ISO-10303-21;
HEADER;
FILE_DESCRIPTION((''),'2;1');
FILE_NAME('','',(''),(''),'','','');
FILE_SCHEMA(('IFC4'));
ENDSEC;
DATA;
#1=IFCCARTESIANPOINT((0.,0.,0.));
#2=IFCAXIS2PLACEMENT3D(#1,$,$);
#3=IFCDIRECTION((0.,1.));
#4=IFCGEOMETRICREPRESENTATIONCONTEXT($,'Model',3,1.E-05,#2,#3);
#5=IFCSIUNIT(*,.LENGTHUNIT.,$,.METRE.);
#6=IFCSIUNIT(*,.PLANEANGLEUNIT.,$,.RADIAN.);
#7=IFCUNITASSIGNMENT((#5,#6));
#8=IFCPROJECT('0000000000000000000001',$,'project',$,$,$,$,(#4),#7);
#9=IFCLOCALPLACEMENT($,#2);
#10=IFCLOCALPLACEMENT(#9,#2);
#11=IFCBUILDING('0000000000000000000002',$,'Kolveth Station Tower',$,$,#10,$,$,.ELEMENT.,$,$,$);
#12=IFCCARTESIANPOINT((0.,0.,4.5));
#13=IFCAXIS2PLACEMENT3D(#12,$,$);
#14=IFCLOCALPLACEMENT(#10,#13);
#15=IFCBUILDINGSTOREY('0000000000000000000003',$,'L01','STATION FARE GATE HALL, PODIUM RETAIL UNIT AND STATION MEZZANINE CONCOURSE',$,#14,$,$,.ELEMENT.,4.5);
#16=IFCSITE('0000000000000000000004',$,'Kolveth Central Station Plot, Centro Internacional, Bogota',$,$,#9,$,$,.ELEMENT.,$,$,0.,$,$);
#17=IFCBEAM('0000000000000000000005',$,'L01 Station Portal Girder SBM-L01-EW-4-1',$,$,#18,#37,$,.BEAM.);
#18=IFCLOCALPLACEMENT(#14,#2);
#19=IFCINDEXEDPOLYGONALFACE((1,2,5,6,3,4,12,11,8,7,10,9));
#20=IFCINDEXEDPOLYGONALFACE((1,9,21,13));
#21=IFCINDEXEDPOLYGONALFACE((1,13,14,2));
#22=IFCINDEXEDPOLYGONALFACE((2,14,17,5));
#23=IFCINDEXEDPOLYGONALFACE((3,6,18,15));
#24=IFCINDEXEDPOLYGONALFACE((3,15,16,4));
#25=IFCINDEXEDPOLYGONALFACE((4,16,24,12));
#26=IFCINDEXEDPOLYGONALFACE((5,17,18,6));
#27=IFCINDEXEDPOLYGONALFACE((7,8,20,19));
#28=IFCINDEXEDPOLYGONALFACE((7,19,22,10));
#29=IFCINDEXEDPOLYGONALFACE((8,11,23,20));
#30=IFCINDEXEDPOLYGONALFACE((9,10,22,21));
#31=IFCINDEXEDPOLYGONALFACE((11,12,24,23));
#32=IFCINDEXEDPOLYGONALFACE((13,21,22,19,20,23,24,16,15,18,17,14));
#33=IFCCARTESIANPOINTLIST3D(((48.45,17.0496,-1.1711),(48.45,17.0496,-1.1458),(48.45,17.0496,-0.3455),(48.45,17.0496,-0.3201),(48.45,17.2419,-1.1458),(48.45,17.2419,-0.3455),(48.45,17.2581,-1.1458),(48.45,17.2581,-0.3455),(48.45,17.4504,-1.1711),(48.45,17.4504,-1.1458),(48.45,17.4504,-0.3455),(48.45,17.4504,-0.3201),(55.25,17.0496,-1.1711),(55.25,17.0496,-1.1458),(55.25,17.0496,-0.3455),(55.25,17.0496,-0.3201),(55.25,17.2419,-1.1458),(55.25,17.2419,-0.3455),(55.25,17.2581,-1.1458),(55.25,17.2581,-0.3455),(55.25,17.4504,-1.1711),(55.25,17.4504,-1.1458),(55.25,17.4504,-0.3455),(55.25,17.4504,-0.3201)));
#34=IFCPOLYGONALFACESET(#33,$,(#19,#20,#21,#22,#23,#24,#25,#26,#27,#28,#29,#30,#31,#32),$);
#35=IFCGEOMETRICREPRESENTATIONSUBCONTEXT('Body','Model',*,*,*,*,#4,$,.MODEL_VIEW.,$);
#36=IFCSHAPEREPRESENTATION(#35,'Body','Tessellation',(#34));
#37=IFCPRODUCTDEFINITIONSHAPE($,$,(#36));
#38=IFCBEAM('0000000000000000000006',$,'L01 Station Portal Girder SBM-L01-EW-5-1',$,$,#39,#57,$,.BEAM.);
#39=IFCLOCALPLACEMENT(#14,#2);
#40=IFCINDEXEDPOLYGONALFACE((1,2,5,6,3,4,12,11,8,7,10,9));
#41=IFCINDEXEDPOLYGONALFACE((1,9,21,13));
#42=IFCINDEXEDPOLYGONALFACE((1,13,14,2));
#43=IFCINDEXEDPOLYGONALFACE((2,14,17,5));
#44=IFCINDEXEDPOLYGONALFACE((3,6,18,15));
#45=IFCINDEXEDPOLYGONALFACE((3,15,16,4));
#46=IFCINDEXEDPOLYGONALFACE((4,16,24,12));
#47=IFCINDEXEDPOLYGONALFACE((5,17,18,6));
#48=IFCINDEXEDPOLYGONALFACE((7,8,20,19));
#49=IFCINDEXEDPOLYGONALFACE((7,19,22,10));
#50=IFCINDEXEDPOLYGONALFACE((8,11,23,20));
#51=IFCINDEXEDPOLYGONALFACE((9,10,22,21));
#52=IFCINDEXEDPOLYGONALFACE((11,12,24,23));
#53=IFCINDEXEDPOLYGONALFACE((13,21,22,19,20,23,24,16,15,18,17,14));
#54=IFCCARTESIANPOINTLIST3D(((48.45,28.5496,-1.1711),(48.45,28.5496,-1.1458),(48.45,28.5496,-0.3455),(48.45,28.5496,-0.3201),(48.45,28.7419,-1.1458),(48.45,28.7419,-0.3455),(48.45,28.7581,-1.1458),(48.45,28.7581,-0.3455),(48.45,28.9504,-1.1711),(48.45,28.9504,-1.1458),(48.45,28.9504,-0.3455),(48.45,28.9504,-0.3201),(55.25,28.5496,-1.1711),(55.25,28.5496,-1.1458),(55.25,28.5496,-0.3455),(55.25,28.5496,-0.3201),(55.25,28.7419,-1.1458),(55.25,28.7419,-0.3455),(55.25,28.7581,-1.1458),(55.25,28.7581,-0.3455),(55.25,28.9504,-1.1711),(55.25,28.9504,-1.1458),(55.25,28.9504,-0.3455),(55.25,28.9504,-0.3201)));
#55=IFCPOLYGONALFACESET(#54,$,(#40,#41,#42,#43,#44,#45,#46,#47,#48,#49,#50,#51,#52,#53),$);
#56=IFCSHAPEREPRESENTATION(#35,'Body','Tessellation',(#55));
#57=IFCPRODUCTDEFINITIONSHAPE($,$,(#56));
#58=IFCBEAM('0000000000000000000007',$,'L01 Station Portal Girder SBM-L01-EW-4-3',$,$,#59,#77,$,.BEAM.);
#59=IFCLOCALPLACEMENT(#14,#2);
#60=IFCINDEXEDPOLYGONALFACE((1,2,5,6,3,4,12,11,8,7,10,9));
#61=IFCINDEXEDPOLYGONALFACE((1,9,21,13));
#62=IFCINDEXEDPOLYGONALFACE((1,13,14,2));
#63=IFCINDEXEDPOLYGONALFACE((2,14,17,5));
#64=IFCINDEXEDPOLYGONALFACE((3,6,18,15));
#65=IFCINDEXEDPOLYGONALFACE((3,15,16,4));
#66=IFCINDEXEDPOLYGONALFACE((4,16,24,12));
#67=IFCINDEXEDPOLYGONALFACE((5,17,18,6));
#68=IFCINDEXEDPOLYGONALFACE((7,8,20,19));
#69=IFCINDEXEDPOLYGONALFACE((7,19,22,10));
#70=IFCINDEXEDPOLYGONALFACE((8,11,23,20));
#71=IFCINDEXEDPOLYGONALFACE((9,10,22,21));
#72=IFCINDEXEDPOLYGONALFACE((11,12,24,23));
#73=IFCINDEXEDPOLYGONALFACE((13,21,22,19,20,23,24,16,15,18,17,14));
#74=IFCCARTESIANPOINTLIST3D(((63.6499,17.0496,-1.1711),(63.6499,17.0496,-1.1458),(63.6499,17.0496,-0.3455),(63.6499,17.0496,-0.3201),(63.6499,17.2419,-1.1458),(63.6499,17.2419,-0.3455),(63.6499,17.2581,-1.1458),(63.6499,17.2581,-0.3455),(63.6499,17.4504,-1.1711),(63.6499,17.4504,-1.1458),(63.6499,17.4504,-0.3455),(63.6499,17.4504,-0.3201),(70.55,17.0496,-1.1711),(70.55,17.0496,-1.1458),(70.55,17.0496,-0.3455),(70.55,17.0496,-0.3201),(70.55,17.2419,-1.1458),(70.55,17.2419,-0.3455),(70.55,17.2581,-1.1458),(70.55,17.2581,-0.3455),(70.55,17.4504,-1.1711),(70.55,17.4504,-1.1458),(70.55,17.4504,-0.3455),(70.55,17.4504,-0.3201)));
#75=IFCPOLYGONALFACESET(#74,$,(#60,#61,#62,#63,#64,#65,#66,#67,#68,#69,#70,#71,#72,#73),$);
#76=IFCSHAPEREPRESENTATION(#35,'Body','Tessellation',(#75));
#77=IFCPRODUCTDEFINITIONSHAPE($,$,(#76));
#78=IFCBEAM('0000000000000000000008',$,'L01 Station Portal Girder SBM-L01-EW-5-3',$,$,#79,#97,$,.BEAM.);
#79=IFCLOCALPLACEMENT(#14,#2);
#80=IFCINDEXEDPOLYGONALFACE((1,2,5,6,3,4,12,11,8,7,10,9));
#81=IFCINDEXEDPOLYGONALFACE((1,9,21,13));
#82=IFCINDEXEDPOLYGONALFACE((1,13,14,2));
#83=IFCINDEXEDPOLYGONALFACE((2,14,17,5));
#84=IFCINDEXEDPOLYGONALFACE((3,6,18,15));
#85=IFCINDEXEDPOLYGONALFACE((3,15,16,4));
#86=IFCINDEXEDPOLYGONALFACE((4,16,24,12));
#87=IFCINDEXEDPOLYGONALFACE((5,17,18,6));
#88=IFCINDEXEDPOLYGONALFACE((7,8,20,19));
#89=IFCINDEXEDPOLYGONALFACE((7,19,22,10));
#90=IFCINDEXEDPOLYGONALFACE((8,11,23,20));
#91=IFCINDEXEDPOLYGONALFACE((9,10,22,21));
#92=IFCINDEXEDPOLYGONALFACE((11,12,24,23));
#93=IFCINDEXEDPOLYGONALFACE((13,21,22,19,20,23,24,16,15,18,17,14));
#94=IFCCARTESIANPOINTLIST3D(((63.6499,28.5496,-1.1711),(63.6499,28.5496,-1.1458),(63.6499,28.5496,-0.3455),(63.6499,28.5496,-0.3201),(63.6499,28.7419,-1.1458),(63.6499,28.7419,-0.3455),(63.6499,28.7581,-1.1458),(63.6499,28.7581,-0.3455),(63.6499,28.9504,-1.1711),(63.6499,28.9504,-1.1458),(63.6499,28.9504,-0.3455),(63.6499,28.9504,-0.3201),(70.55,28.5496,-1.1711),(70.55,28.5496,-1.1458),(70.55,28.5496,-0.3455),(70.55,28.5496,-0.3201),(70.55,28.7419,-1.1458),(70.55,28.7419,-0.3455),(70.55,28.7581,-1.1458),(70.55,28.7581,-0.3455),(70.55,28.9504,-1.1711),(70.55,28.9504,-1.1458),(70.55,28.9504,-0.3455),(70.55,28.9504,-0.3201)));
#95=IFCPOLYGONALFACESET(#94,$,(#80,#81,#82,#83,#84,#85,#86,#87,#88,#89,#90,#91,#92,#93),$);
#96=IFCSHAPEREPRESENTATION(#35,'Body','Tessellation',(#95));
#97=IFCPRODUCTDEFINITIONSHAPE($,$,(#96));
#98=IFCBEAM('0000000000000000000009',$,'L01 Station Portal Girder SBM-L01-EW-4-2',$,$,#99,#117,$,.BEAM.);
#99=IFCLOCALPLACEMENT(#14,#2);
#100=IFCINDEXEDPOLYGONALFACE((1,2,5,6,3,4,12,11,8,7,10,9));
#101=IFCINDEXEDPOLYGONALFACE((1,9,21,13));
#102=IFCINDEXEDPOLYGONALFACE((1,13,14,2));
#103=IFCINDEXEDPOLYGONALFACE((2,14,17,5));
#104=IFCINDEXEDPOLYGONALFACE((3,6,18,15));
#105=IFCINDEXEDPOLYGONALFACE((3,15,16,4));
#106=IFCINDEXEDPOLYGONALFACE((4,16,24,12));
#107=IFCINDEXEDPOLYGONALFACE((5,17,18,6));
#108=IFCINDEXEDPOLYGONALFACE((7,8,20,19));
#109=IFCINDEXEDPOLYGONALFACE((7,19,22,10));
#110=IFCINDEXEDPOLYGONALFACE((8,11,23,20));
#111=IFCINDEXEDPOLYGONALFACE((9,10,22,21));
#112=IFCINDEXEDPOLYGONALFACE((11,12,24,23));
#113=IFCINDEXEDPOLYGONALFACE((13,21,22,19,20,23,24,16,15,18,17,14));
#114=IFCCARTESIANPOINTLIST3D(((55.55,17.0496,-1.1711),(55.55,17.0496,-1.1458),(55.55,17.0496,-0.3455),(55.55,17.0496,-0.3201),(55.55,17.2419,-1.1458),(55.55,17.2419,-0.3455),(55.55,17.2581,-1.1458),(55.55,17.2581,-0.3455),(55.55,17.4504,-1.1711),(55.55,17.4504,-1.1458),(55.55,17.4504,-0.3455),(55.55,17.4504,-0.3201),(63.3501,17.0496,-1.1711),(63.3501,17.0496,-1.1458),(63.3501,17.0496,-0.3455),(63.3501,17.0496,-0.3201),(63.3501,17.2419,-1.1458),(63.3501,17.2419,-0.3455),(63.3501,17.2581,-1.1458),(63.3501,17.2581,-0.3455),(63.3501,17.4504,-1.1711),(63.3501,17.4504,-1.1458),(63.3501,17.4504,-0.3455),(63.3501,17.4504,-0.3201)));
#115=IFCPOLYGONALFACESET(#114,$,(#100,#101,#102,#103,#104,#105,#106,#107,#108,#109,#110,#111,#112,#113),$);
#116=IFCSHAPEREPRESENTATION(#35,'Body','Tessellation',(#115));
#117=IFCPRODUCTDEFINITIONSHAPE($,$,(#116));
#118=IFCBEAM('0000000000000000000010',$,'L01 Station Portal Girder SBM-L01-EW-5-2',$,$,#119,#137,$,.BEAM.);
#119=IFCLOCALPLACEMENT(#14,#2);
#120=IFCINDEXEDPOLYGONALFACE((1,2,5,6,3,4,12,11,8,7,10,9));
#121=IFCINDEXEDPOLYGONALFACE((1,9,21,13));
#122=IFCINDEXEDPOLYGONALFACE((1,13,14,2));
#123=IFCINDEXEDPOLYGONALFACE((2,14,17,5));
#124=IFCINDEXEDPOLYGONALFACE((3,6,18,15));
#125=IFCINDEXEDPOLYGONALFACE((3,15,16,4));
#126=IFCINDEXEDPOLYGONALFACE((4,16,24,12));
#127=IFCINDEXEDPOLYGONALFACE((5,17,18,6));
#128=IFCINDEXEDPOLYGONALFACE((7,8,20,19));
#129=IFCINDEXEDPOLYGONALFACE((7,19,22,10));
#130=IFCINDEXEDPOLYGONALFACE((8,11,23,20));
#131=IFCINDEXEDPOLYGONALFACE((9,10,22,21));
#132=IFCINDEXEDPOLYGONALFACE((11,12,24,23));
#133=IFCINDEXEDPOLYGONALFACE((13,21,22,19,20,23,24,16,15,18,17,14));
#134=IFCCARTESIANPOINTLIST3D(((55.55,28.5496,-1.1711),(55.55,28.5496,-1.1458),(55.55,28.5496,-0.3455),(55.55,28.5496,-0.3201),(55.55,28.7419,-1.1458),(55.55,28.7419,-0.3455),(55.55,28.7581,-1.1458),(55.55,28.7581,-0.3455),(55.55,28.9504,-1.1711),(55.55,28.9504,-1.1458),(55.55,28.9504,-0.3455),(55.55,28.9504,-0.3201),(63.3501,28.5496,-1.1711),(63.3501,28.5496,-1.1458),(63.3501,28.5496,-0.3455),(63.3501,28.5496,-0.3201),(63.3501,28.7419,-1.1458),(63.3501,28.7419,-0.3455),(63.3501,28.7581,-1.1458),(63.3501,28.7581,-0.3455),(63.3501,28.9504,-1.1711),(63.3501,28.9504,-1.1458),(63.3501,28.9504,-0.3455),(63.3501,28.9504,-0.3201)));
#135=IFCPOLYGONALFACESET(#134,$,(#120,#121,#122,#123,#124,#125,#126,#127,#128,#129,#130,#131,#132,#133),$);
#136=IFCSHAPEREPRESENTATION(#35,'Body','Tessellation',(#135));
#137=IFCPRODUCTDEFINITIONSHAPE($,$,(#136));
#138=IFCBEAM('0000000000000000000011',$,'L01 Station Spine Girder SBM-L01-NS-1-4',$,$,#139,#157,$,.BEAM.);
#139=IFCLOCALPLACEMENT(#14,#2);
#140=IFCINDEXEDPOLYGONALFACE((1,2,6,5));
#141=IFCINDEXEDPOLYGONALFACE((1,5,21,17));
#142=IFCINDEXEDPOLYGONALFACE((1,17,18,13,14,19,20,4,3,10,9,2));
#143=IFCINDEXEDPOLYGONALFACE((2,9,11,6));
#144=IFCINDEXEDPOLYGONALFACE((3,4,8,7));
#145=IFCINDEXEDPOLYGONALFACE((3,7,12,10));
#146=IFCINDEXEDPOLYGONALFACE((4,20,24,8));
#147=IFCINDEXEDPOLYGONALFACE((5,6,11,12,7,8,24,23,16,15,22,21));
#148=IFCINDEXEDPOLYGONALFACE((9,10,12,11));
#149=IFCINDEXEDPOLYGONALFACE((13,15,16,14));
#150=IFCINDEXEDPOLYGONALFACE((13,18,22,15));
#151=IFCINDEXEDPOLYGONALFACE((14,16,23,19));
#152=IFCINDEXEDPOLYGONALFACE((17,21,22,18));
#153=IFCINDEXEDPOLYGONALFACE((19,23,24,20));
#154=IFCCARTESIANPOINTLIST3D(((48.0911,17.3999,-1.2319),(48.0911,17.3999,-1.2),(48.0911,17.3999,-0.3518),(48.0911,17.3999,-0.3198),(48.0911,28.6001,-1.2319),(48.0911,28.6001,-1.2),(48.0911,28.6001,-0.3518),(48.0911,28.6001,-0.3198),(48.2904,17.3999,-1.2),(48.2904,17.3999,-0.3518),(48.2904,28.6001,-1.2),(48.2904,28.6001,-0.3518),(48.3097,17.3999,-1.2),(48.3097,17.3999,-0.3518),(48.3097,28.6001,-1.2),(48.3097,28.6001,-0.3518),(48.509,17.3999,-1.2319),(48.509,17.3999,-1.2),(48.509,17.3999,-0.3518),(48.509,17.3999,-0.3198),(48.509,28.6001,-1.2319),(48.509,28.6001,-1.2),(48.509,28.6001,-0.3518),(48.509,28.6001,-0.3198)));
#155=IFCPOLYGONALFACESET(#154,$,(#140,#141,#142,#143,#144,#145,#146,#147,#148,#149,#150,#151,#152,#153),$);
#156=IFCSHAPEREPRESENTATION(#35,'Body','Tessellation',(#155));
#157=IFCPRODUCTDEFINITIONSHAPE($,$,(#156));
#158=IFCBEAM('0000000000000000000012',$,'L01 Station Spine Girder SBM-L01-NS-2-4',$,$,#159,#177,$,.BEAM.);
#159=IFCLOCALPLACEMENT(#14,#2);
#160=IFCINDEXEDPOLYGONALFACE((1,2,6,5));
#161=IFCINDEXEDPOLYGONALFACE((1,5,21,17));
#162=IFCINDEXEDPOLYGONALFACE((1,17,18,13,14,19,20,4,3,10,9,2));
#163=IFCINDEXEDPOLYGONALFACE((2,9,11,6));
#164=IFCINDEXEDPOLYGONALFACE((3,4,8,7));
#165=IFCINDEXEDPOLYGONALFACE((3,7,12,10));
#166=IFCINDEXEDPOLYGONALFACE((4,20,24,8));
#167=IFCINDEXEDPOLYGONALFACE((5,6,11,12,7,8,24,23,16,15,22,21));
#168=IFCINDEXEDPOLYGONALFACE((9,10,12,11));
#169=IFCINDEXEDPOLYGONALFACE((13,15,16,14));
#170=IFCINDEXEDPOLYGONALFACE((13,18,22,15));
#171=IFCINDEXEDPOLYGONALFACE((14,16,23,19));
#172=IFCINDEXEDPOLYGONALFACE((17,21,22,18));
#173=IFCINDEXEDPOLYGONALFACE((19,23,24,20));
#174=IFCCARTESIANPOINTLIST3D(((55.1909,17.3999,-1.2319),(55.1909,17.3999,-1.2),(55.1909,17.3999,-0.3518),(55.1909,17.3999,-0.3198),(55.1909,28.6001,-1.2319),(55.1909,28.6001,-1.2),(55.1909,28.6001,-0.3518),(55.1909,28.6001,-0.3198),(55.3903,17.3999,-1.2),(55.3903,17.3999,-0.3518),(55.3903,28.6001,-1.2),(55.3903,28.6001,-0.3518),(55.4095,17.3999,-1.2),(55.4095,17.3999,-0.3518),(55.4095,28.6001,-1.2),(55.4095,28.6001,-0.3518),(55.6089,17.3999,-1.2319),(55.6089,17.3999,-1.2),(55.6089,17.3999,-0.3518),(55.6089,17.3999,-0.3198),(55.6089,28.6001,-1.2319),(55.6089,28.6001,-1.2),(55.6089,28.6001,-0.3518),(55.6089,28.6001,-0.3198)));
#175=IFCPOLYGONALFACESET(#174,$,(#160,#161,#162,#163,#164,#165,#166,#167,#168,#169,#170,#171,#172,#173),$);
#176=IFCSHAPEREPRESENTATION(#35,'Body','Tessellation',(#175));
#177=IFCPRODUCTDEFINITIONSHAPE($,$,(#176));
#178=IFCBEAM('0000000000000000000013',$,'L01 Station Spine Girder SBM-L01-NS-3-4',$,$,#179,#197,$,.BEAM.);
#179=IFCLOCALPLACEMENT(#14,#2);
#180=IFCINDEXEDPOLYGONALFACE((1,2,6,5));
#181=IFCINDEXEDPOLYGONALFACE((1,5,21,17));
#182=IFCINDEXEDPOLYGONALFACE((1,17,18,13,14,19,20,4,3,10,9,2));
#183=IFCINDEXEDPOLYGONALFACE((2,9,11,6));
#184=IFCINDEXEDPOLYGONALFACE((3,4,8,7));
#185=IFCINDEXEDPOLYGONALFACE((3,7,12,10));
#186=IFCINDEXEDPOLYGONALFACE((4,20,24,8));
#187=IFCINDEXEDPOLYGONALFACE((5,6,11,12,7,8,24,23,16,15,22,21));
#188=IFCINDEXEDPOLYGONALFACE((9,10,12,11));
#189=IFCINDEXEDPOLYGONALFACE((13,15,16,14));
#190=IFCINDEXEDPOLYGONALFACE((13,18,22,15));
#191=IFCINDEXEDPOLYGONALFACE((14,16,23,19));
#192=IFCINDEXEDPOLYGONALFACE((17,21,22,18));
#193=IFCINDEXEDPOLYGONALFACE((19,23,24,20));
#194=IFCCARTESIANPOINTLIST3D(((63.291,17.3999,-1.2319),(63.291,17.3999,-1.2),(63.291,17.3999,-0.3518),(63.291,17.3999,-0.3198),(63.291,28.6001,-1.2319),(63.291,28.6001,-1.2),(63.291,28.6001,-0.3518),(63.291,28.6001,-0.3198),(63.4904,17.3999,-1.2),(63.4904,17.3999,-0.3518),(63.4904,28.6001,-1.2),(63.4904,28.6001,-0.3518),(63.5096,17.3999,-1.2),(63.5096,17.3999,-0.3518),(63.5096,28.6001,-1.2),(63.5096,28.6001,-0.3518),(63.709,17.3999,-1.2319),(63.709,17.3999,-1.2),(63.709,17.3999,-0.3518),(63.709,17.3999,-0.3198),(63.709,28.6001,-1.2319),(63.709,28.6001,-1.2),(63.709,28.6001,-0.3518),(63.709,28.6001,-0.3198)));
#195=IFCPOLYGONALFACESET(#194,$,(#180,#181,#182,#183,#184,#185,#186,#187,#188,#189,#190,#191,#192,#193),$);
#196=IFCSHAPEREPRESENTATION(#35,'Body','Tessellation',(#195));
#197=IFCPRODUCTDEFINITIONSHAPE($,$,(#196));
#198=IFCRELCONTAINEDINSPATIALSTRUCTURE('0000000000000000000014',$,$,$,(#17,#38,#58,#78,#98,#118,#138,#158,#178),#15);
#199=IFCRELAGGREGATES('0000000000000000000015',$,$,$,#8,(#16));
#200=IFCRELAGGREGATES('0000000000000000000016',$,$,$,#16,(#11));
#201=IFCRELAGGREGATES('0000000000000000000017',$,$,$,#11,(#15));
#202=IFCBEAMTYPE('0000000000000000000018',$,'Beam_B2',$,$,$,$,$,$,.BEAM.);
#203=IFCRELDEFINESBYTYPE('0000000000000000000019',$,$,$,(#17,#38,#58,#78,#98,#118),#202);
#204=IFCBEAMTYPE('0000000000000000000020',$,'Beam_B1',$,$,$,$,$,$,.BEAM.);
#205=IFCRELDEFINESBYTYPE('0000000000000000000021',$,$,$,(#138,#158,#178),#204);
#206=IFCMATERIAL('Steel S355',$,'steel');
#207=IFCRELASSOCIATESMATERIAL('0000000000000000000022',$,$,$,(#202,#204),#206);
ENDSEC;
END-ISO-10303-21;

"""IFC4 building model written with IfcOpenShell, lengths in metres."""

from ifc_helpers import new_model, si_unit, direction, frame, origin, origin_2d, place, context, subcontext, project, spatial, i_section, extrude, source, transform, mapped, material, material_profile, profile_set, type_object, element, save


model = new_model("IFC4")

# Units and contexts
model_context = context("Model", 3, precision=1e-05, world=origin(), true_north=direction((0.0, 1.0)))
body_context = subcontext(model_context, "Body", "Model", "MODEL_VIEW")
ifc_project = project(units=[si_unit("LENGTHUNIT", "METRE"), si_unit("PLANEANGLEUNIT", "RADIAN")], contexts=[model_context])

# Site, building, storey
site_placement = place(None, origin())
site = spatial("IfcSite", under=ifc_project, at=site_placement, Name="Kolveth Central Station Plot, Centro Internacional, Bogota", CompositionType="ELEMENT", RefElevation=0.0)
building_placement = place(site_placement, origin())
building = spatial("IfcBuilding", under=site, at=building_placement, Name="Kolveth Station Tower", CompositionType="ELEMENT")
storey_placement = place(building_placement, frame((0.0, 0.0, 4.5)))
storey = spatial("IfcBuildingStorey", under=building, at=storey_placement, Name="L01", Description="STATION FARE GATE HALL, PODIUM RETAIL UNIT AND STATION MEZZANINE CONCOURSE", CompositionType="ELEMENT", Elevation=4.5)

# Shared definitions
ifc_material_1 = material(Name="Steel S355", Category="steel")

# Beams
ifc_material_profile_1 = material_profile(ifc_material_1, i_section(OverallWidth=0.4009, OverallDepth=0.8511, WebThickness=0.0161, FlangeThickness=0.0254, at=origin_2d()), Name="W840x226")
ifc_profile_set_1 = profile_set([ifc_material_profile_1], Name="Steel S355")
beam_type_1 = type_object("IfcBeamType", Name="Beam_B2", PredefinedType="BEAM", material=ifc_profile_set_1)
shared_shape_1 = source(origin(), body_context, "Body", "SweptSolid", [
    extrude(i_section(OverallWidth=0.4009, OverallDepth=0.8511, WebThickness=0.0161, FlangeThickness=0.0254, at=origin_2d()), origin(), (0.0, 0.0, 1.0), 6.8),
])
for number, where, z_axis, x_axis, name in (
    (1, (48.45, 17.25, -0.7456), (1.0, 0.0, 0.0), (0.0, 1.0, 0.0), "L01 Station Portal Girder SBM-L01-EW-4-1"),
    (2, (48.45, 28.75, -0.7456), (1.0, 0.0, 0.0), (0.0, 1.0, 0.0), "L01 Station Portal Girder SBM-L01-EW-5-1"),
):
    element("IfcBeam", number, at=place(storey_placement, frame(where, z_axis=z_axis, x_axis=x_axis)), inside=storey, type_object=beam_type_1, Name=name, PredefinedType="BEAM", context=body_context, shape_type="MappedRepresentation", body=[
        mapped(shared_shape_1, transform((0.0, 0.0, 0.0), x_axis=(1.0, 0.0, 0.0), y_axis=(0.0, 1.0, 0.0), z_axis=(0.0, 0.0, 1.0), scale=1.0)),
    ])
shared_shape_2 = source(origin(), body_context, "Body", "SweptSolid", [
    extrude(i_section(OverallWidth=0.4009, OverallDepth=0.8511, WebThickness=0.0161, FlangeThickness=0.0254, at=origin_2d()), origin(), (0.0, 0.0, 1.0), 6.9001),
])
for number, where, z_axis, x_axis, name in (
    (3, (63.6499, 17.25, -0.7456), (1.0, 0.0, 0.0), (0.0, 1.0, 0.0), "L01 Station Portal Girder SBM-L01-EW-4-3"),
    (4, (63.6499, 28.75, -0.7456), (1.0, 0.0, 0.0), (0.0, 1.0, 0.0), "L01 Station Portal Girder SBM-L01-EW-5-3"),
):
    element("IfcBeam", number, at=place(storey_placement, frame(where, z_axis=z_axis, x_axis=x_axis)), inside=storey, type_object=beam_type_1, Name=name, PredefinedType="BEAM", context=body_context, shape_type="MappedRepresentation", body=[
        mapped(shared_shape_2, transform((0.0, 0.0, 0.0), x_axis=(1.0, 0.0, 0.0), y_axis=(0.0, 1.0, 0.0), z_axis=(0.0, 0.0, 1.0), scale=1.0)),
    ])
shared_shape_3 = source(origin(), body_context, "Body", "SweptSolid", [
    extrude(i_section(OverallWidth=0.4009, OverallDepth=0.8511, WebThickness=0.0161, FlangeThickness=0.0254, at=origin_2d()), origin(), (0.0, 0.0, 1.0), 7.8),
])
for number, where, z_axis, x_axis, name in (
    (5, (55.55, 17.25, -0.7456), (1.0, 0.0, 0.0), (0.0, 1.0, 0.0), "L01 Station Portal Girder SBM-L01-EW-4-2"),
    (6, (55.55, 28.75, -0.7456), (1.0, 0.0, 0.0), (0.0, 1.0, 0.0), "L01 Station Portal Girder SBM-L01-EW-5-2"),
):
    element("IfcBeam", number, at=place(storey_placement, frame(where, z_axis=z_axis, x_axis=x_axis)), inside=storey, type_object=beam_type_1, Name=name, PredefinedType="BEAM", context=body_context, shape_type="MappedRepresentation", body=[
        mapped(shared_shape_3, transform((0.0, 0.0, 0.0), x_axis=(1.0, 0.0, 0.0), y_axis=(0.0, 1.0, 0.0), z_axis=(0.0, 0.0, 1.0), scale=1.0)),
    ])
ifc_material_profile_2 = material_profile(ifc_material_1, i_section(OverallWidth=0.418, OverallDepth=0.9121, WebThickness=0.0193, FlangeThickness=0.032, at=origin_2d()), Name="W920x342")
ifc_profile_set_2 = profile_set([ifc_material_profile_2], Name="Steel S355")
beam_type_2 = type_object("IfcBeamType", Name="Beam_B1", PredefinedType="BEAM", material=ifc_profile_set_2)
shared_shape_4 = source(origin(), body_context, "Body", "SweptSolid", [
    extrude(i_section(OverallWidth=0.418, OverallDepth=0.9121, WebThickness=0.0193, FlangeThickness=0.032, at=origin_2d()), origin(), (0.0, 0.0, 1.0), 11.2002),
])
for number, where, z_axis, x_axis, name in (
    (7, (48.3, 17.3999, -0.7759), (0.0, 1.0, 0.0), (-1.0, 0.0, 0.0), "L01 Station Spine Girder SBM-L01-NS-1-4"),
    (8, (55.3999, 17.3999, -0.7759), (0.0, 1.0, 0.0), (-1.0, 0.0, 0.0), "L01 Station Spine Girder SBM-L01-NS-2-4"),
    (9, (63.5, 17.3999, -0.7759), (0.0, 1.0, 0.0), (-1.0, 0.0, 0.0), "L01 Station Spine Girder SBM-L01-NS-3-4"),
):
    element("IfcBeam", number, at=place(storey_placement, frame(where, z_axis=z_axis, x_axis=x_axis)), inside=storey, type_object=beam_type_2, Name=name, PredefinedType="BEAM", context=body_context, shape_type="MappedRepresentation", body=[
        mapped(shared_shape_4, transform((0.0, 0.0, 0.0), x_axis=(1.0, 0.0, 0.0), y_axis=(0.0, 1.0, 0.0), z_axis=(0.0, 0.0, 1.0), scale=1.0)),
    ])

save(model, "model.ifc")
